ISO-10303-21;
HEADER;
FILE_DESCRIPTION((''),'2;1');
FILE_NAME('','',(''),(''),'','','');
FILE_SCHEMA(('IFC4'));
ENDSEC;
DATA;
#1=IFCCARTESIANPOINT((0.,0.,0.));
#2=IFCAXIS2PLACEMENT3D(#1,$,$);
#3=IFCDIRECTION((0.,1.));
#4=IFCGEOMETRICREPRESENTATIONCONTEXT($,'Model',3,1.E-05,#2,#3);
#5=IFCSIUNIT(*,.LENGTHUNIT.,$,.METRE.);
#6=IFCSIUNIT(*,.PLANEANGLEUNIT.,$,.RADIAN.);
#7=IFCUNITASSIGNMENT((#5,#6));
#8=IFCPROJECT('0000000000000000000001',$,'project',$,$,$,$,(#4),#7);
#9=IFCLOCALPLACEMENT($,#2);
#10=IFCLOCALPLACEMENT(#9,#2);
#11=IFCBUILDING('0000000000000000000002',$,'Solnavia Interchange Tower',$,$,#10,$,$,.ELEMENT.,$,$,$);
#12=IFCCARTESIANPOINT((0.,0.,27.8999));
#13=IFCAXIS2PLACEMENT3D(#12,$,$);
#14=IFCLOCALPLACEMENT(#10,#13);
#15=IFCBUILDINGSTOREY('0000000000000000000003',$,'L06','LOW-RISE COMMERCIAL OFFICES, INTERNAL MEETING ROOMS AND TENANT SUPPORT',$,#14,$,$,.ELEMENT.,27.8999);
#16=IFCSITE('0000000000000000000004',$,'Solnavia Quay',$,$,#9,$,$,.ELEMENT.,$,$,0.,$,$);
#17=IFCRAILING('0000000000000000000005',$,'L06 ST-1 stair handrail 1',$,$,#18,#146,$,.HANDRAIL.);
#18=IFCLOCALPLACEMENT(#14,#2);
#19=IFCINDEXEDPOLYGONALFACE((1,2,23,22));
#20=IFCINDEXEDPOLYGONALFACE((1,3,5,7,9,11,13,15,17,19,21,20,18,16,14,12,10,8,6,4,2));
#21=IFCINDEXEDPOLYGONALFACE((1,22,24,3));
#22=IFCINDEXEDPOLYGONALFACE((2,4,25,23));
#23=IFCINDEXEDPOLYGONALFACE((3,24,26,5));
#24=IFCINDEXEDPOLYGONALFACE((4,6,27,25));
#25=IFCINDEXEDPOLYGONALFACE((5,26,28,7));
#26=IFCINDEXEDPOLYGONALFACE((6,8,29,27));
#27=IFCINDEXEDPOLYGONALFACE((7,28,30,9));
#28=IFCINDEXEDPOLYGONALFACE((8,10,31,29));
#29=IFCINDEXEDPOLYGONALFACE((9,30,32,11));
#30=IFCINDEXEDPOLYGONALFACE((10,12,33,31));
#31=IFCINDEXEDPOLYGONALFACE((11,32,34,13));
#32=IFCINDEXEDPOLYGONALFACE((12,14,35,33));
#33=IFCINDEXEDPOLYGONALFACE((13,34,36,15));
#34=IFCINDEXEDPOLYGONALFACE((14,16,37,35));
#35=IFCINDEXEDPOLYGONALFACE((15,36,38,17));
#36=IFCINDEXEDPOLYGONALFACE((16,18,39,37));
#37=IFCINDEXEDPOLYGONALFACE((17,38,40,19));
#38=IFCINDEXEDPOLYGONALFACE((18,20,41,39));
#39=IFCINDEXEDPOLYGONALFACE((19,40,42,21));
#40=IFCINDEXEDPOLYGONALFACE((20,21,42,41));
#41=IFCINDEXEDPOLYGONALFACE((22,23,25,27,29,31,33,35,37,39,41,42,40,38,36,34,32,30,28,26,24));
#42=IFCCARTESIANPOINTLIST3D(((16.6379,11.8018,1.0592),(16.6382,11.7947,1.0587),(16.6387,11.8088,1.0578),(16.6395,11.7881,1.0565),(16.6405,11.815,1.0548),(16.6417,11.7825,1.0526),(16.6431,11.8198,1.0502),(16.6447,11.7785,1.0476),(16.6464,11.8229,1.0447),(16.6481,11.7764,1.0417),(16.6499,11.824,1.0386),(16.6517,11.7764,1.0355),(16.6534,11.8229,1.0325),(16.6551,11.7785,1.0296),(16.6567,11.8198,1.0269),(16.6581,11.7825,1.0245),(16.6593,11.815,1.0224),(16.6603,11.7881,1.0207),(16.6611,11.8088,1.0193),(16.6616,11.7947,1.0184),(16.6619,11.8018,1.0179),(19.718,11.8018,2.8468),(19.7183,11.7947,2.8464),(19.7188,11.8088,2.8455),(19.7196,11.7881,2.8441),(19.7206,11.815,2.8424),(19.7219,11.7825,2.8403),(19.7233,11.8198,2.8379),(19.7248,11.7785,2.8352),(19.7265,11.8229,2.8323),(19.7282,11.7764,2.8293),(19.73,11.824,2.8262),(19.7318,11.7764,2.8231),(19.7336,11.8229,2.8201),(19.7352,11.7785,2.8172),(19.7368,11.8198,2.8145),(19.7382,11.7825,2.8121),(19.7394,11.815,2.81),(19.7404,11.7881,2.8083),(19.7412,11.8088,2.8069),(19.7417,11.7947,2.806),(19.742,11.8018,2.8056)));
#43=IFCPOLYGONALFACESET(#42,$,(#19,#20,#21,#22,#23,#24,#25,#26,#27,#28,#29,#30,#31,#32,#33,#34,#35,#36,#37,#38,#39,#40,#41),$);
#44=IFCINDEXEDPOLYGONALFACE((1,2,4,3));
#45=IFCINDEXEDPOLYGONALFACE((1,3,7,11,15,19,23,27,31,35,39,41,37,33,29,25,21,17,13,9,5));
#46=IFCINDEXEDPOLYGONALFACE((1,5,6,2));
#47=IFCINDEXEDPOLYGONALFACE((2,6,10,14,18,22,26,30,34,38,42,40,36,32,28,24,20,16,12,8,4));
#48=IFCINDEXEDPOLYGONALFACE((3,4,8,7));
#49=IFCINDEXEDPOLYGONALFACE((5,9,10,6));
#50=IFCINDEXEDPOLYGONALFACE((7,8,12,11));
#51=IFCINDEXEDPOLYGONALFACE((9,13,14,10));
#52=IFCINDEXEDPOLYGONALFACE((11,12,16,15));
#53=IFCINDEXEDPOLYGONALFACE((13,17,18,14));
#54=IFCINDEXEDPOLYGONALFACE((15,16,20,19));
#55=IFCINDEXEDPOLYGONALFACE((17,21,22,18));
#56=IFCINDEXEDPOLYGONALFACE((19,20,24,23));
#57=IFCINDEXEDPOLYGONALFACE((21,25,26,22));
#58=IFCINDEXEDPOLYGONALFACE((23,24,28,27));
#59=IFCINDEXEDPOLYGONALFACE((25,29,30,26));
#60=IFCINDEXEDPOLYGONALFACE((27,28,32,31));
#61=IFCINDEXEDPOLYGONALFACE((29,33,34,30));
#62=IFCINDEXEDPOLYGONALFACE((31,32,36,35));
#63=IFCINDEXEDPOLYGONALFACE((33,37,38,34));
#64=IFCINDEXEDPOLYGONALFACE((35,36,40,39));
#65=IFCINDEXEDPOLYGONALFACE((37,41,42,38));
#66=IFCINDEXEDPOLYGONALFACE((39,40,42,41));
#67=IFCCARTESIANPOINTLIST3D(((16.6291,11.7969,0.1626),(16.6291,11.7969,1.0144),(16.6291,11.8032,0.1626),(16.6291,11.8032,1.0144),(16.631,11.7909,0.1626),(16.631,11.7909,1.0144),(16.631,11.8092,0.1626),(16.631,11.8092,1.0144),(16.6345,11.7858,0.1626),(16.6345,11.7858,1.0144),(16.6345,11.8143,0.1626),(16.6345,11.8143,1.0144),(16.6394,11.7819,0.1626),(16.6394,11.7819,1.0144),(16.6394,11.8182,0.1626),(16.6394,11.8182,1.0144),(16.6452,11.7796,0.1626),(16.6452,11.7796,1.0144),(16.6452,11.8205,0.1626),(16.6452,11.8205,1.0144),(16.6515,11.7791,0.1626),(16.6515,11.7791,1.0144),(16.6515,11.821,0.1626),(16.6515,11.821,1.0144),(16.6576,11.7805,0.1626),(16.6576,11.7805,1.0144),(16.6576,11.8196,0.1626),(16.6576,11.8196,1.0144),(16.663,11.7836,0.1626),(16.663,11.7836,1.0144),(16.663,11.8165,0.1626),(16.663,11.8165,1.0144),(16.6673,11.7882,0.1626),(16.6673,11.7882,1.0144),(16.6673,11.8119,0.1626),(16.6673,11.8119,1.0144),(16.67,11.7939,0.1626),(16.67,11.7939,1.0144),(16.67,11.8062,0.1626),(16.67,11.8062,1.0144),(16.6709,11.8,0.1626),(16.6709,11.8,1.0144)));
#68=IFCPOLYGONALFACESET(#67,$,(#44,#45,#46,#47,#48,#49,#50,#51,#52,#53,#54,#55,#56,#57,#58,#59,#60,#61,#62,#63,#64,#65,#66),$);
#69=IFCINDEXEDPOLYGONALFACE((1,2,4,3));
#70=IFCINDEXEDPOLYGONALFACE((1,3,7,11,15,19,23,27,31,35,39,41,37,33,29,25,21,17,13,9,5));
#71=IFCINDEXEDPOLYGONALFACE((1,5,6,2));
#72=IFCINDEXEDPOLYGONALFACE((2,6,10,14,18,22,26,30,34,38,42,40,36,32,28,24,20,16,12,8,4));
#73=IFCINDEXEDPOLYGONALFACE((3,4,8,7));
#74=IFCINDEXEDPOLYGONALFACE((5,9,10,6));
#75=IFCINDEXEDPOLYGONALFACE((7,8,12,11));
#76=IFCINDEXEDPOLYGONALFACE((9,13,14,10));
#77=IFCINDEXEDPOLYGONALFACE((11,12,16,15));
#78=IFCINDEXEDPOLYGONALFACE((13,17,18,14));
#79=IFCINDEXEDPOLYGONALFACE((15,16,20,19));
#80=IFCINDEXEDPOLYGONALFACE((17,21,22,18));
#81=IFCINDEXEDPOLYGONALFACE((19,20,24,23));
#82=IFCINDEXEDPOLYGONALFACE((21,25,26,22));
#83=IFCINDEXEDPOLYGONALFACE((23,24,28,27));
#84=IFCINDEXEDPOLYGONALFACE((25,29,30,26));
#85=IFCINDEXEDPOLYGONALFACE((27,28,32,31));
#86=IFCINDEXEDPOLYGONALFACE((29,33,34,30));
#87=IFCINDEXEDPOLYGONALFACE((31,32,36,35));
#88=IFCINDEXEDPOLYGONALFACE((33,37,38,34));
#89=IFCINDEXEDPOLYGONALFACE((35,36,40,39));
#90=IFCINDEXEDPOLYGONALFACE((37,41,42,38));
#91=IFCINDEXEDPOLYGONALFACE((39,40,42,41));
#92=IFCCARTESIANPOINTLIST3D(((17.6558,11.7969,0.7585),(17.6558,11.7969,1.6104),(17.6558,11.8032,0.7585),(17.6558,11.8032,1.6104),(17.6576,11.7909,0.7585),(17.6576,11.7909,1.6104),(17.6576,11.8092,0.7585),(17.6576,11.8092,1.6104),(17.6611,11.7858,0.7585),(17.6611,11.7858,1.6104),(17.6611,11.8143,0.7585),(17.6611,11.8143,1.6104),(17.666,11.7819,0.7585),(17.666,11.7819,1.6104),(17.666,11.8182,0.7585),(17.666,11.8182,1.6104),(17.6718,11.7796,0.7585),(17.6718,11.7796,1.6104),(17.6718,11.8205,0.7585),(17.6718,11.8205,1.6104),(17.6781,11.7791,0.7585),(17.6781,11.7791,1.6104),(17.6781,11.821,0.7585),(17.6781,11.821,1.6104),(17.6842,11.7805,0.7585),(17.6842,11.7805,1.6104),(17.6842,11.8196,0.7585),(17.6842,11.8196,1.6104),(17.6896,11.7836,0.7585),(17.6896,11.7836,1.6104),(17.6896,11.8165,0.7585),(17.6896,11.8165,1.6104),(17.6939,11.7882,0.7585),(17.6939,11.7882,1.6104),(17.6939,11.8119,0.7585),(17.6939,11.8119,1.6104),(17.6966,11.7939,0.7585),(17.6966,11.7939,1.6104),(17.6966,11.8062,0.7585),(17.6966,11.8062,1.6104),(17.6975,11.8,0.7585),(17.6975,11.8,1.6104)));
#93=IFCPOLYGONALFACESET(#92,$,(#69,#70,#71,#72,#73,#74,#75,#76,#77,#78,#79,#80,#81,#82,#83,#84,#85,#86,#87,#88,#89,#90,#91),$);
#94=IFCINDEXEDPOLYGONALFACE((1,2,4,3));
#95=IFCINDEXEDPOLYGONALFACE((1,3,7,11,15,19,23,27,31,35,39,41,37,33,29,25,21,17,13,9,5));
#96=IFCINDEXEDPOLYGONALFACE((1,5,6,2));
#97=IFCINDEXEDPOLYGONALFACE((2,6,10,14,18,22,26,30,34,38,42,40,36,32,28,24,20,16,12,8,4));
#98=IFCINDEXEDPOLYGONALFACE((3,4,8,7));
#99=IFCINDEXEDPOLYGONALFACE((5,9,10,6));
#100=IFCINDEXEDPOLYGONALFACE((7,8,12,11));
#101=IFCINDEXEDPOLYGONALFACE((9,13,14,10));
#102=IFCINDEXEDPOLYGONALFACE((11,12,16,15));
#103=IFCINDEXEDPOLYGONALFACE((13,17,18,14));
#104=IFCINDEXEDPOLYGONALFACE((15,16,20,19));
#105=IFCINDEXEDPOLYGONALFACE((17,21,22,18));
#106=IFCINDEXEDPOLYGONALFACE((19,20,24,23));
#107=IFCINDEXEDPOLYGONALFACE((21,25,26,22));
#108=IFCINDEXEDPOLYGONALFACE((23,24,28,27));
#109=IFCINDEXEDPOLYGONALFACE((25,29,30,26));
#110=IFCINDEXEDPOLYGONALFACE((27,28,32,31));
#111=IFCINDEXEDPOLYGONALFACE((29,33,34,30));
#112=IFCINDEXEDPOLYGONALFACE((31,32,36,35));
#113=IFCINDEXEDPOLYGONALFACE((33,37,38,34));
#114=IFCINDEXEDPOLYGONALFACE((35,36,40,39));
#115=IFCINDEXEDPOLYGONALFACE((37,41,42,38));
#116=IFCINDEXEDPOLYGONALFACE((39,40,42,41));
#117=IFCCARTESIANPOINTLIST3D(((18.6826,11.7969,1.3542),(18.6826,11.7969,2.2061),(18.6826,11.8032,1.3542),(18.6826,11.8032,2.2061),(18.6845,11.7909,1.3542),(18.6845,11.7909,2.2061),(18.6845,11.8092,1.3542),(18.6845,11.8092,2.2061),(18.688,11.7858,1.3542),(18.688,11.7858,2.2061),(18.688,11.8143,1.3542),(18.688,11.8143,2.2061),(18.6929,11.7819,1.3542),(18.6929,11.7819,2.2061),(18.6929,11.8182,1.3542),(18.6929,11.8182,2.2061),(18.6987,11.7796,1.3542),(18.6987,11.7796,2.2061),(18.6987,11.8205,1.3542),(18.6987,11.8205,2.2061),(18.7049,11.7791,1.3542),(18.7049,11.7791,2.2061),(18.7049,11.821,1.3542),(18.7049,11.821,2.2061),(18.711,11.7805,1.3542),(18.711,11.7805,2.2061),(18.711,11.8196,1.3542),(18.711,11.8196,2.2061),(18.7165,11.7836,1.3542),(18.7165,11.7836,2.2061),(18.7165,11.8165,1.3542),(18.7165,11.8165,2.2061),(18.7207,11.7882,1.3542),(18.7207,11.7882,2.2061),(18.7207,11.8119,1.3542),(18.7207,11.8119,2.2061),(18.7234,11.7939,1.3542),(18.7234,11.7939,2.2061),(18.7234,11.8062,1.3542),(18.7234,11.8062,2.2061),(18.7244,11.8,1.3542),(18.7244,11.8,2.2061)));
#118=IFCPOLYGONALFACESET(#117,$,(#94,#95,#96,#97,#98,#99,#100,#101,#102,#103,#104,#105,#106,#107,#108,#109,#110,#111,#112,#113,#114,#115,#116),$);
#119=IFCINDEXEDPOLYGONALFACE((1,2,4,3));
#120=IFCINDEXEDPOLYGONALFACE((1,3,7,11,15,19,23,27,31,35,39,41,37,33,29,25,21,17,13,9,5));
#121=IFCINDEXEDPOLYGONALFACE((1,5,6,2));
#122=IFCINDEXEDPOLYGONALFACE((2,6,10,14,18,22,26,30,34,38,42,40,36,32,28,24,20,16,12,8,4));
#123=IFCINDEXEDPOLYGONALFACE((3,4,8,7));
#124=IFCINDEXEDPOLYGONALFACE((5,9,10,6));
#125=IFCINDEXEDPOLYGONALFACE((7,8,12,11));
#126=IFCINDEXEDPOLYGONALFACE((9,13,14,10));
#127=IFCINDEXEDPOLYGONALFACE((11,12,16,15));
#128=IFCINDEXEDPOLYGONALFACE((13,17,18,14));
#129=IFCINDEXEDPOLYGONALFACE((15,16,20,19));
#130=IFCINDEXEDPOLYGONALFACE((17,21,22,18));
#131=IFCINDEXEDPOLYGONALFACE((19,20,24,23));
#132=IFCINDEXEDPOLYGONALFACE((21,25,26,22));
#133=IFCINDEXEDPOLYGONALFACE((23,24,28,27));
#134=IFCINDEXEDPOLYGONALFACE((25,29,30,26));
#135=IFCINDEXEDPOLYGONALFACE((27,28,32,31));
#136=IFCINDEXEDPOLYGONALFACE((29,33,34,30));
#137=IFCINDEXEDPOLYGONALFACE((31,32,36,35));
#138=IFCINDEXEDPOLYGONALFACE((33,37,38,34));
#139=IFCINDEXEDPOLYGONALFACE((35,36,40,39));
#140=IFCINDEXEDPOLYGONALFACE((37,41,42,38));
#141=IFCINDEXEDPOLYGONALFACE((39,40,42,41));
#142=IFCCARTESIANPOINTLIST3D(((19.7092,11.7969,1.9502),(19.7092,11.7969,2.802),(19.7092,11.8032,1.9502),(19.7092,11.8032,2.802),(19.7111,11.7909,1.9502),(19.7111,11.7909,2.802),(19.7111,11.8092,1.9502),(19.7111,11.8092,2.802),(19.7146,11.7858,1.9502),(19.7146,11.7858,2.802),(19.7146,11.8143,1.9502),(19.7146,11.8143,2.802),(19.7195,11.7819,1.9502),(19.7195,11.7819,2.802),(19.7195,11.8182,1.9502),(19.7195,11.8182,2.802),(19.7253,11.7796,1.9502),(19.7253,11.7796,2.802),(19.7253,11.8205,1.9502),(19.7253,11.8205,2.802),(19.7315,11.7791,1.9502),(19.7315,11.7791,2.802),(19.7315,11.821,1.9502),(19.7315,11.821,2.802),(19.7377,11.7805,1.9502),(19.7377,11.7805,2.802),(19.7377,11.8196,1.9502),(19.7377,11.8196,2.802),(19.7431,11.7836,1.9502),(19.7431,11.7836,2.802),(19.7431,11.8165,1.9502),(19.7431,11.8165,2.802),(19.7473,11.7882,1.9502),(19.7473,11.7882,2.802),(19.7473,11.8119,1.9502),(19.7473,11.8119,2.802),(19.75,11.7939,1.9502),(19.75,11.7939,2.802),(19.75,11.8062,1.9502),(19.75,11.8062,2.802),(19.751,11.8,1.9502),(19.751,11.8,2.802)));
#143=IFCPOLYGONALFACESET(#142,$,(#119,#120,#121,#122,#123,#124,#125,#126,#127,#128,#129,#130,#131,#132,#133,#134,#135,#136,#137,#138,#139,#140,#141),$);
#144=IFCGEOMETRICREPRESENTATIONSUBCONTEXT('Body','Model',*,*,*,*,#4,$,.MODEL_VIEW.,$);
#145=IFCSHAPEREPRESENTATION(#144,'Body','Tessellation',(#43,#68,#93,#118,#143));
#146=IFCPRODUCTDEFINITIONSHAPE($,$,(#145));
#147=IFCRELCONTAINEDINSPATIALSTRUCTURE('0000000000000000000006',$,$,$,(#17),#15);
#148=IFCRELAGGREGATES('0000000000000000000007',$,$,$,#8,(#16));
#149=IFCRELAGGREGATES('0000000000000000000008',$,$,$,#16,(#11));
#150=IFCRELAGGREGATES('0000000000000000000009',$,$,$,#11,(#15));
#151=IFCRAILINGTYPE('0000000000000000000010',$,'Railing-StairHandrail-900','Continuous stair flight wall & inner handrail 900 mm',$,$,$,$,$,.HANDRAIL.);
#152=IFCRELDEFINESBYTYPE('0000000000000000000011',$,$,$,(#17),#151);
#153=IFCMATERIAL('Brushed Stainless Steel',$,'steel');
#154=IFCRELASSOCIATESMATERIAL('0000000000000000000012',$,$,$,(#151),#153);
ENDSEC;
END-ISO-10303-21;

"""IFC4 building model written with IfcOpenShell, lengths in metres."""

from ifc_helpers import new_model, si_unit, direction, frame, origin, origin_2d, place, context, subcontext, project, spatial, circle, extrude, material, type_object, element, save


model = new_model("IFC4")

# Units and contexts
model_context = context("Model", 3, precision=1e-05, world=origin(), true_north=direction((0.0, 1.0)))
body_context = subcontext(model_context, "Body", "Model", "MODEL_VIEW")
ifc_project = project(units=[si_unit("LENGTHUNIT", "METRE"), si_unit("PLANEANGLEUNIT", "RADIAN")], contexts=[model_context])

# Site, building, storey
site_placement = place(None, origin())
site = spatial("IfcSite", under=ifc_project, at=site_placement, Name="Solnavia Quay", CompositionType="ELEMENT", RefElevation=0.0)
building_placement = place(site_placement, origin())
building = spatial("IfcBuilding", under=site, at=building_placement, Name="Solnavia Interchange Tower", CompositionType="ELEMENT")
storey_placement = place(building_placement, frame((0.0, 0.0, 27.8999)))
storey = spatial("IfcBuildingStorey", under=building, at=storey_placement, Name="L06", Description="LOW-RISE COMMERCIAL OFFICES, INTERNAL MEETING ROOMS AND TENANT SUPPORT", CompositionType="ELEMENT", Elevation=27.8999)

# Railing
ifc_material_1 = material(Name="Brushed Stainless Steel", Category="steel")
railing_type_1 = type_object("IfcRailingType", Name="Railing-StairHandrail-900", Description="Continuous stair flight wall & inner handrail 900 mm", PredefinedType="HANDRAIL", material=ifc_material_1)
railing_1_placement = place(storey_placement, frame((16.6499, 11.8, 0.1626)))
element("IfcRailing", 1, at=railing_1_placement, inside=storey, type_object=railing_type_1, Name="L06 ST-1 stair handrail 1", PredefinedType="HANDRAIL", context=body_context, shape_type="SweptSolid", body=[
    extrude(circle(Radius=0.0239, at=origin_2d()), frame((0.0, 0.0, 0.876), z_axis=(0.864891, 0.0, 0.50196), x_axis=(0.0, 1.0, 0.0)), (0.0, 0.0, 1.0), 3.5613),
    extrude(circle(Radius=0.021, at=origin_2d()), origin(), (0.0, 0.0, 1.0), 0.8518),
    extrude(circle(Radius=0.021, at=origin_2d()), frame((1.0266, 0.0, 0.5959)), (0.0, 0.0, 1.0), 0.8518),
    extrude(circle(Radius=0.021, at=origin_2d()), frame((2.0535, 0.0, 1.1917)), (0.0, 0.0, 1.0), 0.8518),
    extrude(circle(Radius=0.021, at=origin_2d()), frame((3.0801, 0.0, 1.7876)), (0.0, 0.0, 1.0), 0.8518),
])

save(model, "model.ifc")
